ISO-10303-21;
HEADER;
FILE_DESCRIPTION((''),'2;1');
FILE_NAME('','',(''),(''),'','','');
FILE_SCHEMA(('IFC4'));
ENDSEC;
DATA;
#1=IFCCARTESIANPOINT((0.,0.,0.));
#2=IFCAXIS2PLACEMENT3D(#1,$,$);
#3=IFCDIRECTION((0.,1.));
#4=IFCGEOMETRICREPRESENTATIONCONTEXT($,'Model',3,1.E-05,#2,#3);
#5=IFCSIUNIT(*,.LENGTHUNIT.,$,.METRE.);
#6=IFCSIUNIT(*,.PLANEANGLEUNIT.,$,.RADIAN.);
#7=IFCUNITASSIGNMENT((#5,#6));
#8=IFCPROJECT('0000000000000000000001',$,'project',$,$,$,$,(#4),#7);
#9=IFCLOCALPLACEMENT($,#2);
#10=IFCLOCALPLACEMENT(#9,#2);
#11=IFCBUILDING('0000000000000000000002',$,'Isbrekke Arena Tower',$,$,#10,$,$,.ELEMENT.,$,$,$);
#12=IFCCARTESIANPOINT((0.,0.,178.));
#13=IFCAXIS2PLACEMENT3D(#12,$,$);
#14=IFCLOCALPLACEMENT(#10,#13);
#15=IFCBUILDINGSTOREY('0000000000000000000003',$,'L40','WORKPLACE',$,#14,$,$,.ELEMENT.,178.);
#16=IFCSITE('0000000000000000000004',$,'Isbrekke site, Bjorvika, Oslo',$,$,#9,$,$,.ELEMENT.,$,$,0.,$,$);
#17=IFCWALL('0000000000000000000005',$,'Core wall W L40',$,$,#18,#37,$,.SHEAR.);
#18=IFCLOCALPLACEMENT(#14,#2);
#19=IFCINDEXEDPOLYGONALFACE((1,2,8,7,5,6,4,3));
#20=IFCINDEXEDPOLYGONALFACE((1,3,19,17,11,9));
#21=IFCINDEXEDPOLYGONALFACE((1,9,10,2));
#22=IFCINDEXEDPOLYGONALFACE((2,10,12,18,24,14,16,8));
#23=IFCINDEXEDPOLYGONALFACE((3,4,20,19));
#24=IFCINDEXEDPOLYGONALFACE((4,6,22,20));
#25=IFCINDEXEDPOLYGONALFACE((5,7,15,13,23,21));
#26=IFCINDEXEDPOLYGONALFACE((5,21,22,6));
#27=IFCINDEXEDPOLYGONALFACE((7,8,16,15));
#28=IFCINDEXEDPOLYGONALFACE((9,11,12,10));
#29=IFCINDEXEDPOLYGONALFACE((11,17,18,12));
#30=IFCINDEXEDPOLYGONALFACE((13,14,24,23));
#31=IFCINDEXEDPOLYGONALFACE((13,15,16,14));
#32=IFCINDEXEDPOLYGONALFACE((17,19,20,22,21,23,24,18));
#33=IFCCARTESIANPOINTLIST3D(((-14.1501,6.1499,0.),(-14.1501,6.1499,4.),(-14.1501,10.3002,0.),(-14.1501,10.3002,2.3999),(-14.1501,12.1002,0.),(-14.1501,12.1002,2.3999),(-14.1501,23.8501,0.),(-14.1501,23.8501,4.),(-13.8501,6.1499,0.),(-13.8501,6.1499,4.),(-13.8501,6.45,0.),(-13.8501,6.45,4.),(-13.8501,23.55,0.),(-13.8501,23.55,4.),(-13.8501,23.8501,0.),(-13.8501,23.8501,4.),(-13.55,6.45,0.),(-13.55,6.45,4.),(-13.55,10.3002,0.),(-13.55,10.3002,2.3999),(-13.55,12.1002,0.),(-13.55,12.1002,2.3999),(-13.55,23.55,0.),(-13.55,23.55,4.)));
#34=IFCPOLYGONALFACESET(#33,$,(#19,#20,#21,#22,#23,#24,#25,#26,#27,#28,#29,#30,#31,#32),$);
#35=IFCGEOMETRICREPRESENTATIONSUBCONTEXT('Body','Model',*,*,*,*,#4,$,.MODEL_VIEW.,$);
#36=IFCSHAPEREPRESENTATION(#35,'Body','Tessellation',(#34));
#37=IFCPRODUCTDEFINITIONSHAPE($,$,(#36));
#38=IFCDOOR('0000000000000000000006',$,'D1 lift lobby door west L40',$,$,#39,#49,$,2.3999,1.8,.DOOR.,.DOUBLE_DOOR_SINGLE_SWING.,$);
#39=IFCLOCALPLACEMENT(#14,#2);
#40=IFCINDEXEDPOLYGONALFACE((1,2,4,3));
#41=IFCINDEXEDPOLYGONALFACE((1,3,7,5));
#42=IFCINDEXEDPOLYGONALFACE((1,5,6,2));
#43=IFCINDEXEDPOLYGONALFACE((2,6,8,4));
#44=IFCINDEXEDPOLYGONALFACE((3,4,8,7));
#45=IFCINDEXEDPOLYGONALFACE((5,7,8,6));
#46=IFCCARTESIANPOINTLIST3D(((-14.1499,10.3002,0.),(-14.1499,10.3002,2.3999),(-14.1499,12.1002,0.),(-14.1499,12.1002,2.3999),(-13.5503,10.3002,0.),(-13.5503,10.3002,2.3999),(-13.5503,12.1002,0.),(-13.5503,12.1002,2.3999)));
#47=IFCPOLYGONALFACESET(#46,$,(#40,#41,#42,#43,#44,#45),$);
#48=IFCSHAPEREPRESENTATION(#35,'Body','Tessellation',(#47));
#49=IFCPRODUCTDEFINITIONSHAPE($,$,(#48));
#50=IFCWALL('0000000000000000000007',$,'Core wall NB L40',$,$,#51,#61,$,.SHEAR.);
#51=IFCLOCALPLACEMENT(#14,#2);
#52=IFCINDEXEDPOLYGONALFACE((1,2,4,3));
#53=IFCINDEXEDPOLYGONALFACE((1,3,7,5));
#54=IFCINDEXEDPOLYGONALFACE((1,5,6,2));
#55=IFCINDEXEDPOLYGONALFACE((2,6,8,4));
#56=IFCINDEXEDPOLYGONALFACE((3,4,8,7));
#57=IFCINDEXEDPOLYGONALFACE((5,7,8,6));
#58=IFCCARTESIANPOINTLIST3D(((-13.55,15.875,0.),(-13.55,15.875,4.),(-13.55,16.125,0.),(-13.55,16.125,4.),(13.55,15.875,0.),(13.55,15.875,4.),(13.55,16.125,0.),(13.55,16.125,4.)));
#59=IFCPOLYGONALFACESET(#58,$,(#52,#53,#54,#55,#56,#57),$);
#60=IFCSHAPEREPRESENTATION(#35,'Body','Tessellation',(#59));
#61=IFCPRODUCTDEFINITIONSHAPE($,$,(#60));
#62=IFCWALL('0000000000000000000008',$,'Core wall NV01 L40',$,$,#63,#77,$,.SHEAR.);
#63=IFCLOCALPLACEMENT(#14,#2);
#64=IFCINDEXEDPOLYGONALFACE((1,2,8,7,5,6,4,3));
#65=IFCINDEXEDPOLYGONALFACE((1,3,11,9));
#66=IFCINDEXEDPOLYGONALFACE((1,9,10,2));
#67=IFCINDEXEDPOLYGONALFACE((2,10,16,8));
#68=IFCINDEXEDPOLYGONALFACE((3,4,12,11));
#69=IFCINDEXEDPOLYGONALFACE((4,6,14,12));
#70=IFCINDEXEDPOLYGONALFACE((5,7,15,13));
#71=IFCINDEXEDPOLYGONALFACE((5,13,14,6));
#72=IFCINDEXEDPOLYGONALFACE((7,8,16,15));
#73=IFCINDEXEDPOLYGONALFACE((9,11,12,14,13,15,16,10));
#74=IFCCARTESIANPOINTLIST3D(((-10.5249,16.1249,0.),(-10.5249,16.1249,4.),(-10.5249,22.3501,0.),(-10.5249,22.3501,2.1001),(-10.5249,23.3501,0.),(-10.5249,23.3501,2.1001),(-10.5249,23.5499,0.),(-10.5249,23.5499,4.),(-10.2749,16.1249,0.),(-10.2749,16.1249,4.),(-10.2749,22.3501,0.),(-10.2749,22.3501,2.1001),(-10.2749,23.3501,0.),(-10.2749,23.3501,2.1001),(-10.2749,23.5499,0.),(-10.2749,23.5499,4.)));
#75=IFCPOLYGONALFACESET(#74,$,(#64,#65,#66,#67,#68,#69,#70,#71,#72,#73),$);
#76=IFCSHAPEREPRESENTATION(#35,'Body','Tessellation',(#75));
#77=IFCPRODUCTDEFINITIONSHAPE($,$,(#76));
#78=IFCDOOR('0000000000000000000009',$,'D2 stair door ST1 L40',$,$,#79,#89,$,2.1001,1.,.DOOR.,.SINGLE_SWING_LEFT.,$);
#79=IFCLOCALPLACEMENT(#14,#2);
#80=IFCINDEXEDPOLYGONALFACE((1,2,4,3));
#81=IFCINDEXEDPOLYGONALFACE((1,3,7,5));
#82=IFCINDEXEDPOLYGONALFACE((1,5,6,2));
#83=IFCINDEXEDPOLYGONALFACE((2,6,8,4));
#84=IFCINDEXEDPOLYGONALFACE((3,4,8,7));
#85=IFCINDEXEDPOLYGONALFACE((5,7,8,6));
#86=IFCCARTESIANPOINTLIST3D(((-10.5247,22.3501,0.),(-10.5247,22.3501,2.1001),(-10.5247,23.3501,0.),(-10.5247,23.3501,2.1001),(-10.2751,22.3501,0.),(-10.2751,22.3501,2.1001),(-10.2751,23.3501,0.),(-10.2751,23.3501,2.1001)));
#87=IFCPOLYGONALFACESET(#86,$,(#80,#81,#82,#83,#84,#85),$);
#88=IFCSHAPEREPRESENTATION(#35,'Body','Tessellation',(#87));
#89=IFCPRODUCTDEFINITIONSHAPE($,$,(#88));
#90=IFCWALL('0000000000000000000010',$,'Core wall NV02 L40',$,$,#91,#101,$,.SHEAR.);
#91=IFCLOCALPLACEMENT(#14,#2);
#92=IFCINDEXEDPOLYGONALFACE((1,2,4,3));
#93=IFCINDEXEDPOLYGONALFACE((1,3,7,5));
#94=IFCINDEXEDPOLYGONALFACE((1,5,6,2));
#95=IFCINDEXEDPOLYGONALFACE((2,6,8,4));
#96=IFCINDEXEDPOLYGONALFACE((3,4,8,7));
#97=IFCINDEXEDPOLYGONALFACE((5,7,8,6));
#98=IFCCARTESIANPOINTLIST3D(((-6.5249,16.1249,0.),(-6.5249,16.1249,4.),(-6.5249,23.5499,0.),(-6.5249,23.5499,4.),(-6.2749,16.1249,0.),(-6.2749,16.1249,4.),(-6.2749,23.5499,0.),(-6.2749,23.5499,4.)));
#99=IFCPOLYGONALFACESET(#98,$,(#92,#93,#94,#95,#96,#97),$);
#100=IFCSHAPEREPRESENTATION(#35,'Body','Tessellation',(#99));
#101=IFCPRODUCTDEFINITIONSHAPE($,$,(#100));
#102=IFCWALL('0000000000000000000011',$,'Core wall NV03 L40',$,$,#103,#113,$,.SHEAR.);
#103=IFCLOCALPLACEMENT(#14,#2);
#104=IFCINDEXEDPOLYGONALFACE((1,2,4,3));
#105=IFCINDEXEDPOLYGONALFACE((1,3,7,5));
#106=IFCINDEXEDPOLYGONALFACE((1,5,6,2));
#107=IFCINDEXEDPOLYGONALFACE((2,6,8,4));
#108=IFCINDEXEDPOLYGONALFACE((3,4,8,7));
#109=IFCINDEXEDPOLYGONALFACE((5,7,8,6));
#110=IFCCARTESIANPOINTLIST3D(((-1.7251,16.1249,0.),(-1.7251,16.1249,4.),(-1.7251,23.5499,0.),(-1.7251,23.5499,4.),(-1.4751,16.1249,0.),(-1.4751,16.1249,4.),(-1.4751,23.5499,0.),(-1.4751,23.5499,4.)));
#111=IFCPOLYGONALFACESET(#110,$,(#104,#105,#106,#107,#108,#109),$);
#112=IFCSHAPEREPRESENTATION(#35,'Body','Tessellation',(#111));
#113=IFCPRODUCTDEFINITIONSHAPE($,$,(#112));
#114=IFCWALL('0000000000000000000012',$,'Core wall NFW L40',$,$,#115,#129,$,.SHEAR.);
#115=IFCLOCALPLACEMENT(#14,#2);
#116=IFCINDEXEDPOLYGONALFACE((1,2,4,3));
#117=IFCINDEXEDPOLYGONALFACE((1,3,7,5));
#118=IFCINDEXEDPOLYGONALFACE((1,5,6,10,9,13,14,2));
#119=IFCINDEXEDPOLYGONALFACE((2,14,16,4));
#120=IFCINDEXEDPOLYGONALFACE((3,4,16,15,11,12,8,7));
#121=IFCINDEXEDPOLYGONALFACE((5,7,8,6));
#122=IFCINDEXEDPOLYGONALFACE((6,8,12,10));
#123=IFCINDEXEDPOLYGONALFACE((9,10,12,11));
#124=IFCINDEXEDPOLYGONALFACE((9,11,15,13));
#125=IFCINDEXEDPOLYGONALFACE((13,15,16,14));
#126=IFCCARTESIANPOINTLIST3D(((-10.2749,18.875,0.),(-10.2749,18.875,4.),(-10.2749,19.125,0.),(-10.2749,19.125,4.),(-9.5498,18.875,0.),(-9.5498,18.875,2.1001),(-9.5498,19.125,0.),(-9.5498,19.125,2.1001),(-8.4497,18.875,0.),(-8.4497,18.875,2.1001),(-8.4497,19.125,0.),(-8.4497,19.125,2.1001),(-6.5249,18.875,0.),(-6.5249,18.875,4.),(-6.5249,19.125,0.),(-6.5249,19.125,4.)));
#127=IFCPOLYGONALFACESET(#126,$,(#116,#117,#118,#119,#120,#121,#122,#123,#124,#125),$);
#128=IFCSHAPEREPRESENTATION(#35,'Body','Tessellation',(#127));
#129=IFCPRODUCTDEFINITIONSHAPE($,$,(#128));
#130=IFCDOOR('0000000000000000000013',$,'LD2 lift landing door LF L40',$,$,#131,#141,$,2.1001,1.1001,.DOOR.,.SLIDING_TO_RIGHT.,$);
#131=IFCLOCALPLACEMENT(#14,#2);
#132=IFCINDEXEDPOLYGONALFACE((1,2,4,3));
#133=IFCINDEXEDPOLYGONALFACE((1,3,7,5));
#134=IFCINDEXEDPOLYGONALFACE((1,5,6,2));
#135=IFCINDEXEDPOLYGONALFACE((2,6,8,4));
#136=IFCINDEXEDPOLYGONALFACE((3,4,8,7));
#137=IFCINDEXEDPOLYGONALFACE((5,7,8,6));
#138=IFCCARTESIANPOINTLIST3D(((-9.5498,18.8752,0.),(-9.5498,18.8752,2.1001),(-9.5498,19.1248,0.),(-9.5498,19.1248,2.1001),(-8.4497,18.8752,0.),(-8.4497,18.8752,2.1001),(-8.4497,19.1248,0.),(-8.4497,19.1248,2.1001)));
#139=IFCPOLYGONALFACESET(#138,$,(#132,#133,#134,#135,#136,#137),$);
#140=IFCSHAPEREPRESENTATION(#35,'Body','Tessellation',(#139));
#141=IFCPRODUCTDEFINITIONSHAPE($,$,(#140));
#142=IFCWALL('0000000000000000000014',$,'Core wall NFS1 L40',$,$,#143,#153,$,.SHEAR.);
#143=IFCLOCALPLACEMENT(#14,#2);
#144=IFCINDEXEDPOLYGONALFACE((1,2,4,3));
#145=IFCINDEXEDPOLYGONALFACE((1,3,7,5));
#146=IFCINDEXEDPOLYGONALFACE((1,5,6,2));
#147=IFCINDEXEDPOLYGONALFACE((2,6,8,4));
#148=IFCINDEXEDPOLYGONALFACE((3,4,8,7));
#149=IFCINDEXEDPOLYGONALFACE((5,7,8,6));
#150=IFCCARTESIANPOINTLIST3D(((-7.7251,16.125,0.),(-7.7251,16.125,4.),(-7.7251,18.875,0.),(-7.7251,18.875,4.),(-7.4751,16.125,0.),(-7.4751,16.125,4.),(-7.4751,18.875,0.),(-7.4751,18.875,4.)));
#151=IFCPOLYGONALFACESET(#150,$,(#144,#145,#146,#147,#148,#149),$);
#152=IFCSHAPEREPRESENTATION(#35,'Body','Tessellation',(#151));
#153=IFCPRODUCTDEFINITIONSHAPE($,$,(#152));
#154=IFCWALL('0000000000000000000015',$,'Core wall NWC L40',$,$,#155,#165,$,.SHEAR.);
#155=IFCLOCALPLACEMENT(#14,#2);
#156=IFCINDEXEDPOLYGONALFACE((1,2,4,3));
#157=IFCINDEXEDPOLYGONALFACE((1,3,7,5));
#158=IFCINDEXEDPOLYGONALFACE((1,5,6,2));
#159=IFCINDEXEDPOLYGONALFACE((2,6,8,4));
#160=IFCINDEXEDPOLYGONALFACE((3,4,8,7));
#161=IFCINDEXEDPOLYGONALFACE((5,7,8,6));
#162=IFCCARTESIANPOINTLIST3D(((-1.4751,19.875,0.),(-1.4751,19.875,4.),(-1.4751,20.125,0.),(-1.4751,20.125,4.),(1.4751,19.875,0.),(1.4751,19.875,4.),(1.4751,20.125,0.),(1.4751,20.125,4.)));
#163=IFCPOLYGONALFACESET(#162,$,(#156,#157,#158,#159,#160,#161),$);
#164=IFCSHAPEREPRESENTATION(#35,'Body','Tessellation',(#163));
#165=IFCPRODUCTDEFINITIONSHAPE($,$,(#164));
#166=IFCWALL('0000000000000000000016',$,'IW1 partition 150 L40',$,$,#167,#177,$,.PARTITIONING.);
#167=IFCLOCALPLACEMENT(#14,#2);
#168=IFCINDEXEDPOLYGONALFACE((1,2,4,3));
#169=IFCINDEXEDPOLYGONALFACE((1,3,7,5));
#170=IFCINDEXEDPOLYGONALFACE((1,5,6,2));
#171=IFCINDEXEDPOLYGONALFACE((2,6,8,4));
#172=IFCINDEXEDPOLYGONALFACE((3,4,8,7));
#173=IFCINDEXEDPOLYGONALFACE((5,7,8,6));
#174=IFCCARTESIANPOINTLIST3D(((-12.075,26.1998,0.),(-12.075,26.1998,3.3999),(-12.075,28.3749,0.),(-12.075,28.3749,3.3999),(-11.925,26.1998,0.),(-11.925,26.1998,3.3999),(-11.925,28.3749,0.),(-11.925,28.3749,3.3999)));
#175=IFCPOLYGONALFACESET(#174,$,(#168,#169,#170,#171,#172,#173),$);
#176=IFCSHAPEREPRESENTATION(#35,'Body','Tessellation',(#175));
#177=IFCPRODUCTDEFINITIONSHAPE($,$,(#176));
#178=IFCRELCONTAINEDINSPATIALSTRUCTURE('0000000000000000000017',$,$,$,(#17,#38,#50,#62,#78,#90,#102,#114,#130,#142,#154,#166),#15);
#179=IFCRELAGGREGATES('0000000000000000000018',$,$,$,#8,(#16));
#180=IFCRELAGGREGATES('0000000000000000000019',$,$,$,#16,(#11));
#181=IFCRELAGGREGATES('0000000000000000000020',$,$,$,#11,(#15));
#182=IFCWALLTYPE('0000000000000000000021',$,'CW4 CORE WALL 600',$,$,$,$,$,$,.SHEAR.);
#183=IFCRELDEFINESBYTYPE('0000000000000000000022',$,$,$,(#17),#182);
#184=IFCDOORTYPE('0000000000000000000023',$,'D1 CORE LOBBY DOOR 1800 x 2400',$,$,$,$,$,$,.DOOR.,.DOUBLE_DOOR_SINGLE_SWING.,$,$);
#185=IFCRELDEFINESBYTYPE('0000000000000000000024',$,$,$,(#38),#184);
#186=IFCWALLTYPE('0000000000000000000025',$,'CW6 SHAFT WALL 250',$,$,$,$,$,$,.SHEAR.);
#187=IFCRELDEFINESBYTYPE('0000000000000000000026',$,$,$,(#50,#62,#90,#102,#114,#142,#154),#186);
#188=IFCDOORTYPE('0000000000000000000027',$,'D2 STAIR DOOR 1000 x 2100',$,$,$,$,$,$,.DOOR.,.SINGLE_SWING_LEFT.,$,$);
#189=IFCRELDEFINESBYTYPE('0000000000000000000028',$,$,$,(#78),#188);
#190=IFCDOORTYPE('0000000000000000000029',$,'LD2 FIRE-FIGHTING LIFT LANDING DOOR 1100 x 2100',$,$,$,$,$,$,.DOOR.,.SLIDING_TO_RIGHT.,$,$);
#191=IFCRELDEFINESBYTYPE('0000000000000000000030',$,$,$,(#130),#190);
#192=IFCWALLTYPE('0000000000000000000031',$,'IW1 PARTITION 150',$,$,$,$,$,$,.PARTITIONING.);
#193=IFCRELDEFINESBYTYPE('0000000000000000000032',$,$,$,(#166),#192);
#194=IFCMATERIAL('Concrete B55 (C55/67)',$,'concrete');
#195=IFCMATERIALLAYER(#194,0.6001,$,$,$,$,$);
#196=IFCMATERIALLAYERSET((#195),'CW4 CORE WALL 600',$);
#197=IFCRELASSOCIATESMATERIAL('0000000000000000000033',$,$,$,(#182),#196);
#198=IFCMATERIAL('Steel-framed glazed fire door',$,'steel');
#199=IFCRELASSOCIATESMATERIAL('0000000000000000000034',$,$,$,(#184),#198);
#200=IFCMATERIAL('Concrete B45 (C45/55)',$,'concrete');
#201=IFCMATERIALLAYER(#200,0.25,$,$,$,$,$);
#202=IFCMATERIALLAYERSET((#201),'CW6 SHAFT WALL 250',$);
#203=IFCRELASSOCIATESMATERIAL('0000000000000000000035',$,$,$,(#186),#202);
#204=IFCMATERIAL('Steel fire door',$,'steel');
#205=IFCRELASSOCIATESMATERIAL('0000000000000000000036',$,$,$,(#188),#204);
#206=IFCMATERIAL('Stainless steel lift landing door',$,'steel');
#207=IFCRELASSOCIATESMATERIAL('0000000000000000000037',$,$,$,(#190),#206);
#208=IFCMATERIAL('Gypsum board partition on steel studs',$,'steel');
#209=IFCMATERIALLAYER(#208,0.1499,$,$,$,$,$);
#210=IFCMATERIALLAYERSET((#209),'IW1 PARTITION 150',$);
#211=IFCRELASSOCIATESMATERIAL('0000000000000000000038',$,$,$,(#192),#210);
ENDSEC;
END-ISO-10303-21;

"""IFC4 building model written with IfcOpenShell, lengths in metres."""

from ifc_helpers import new_model, si_unit, direction, frame, frame_2d, origin, place, context, subcontext, project, spatial, polyline, rectangle, outline, extrude, material, layer, layer_set, type_object, element, fill, save


model = new_model("IFC4")

# Units and contexts
model_context = context("Model", 3, precision=1e-05, world=origin(), true_north=direction((0.0, 1.0)))
body_context = subcontext(model_context, "Body", "Model", "MODEL_VIEW")
ifc_project = project(units=[si_unit("LENGTHUNIT", "METRE"), si_unit("PLANEANGLEUNIT", "RADIAN")], contexts=[model_context])

# Site, building, storey
site_placement = place(None, origin())
site = spatial("IfcSite", under=ifc_project, at=site_placement, Name="Isbrekke site, Bjorvika, Oslo", CompositionType="ELEMENT", RefElevation=0.0)
building_placement = place(site_placement, origin())
building = spatial("IfcBuilding", under=site, at=building_placement, Name="Isbrekke Arena Tower", CompositionType="ELEMENT")
storey_placement = place(building_placement, frame((0.0, 0.0, 178.0)))
storey = spatial("IfcBuildingStorey", under=building, at=storey_placement, Name="L40", Description="WORKPLACE", CompositionType="ELEMENT", Elevation=178.0)

# Wall, opening, door
ifc_material_1 = material(Name="Concrete B55 (C55/67)", Category="concrete")
ifc_layer_1 = layer(ifc_material_1, 0.6001)
ifc_layer_set_1 = layer_set([ifc_layer_1], Name="CW4 CORE WALL 600")
wall_type_1 = type_object("IfcWallType", Name="CW4 CORE WALL 600", PredefinedType="SHEAR", material=ifc_layer_set_1)
wall_1_placement = place(storey_placement, frame((-13.8501, 23.8501, 0.0), z_axis=(0.0, 0.0, 1.0), x_axis=(0.0, -1.0, 0.0)))
wall_1 = element("IfcWall", 1, at=wall_1_placement, inside=storey, type_object=wall_type_1, Name="Core wall W L40", PredefinedType="SHEAR", context=body_context, shape_type="SweptSolid", body=[
    extrude(outline(polyline([(0.0, -0.3), (17.7002, -0.3), (17.7002, 0.0), (17.4001, 0.0), (17.4001, 0.3), (0.3, 0.3), (0.3, 0.0), (0.0, 0.0), (0.0, -0.3)])), origin(), (0.0, 0.0, 1.0), 4.0),
])
opening_1_placement = place(wall_1_placement, frame((11.75, 0.0, 0.0)))
opening_1 = element("IfcOpeningElement", 2, at=opening_1_placement, cuts=wall_1, PredefinedType="OPENING", context=body_context, shape_type="SweptSolid", body=[
    extrude(rectangle(XDim=1.8, YDim=2.3999, at=frame_2d((0.8999, 1.2))), frame((0.0, 0.3149, 0.0), z_axis=(0.0, -1.0, 0.0), x_axis=(1.0, 0.0, 0.0)), (0.0, 0.0, 1.0), 0.6299),
])
ifc_material_2 = material(Name="Steel-framed glazed fire door", Category="steel")
door_type_1 = type_object("IfcDoorType", Name="D1 CORE LOBBY DOOR 1800 x 2400", OperationType="DOUBLE_DOOR_SINGLE_SWING", PredefinedType="DOOR", material=ifc_material_2)
door_1_placement = place(opening_1_placement, origin())
door_1 = element("IfcDoor", 3, at=door_1_placement, inside=storey, type_object=door_type_1, Name="D1 lift lobby door west L40", OperationType="DOUBLE_DOOR_SINGLE_SWING", OverallHeight=2.3999, OverallWidth=1.8, PredefinedType="DOOR", context=body_context, shape_type="SweptSolid", body=[
    extrude(rectangle(XDim=1.8, YDim=2.3999, at=frame_2d((0.8999, 1.2))), frame((0.0, 0.2998, 0.0), z_axis=(0.0, -1.0, 0.0), x_axis=(1.0, 0.0, 0.0)), (0.0, 0.0, 1.0), 0.5996),
])
fill(opening_1, door_1)

# Wall
ifc_material_3 = material(Name="Concrete B45 (C45/55)", Category="concrete")
ifc_layer_2 = layer(ifc_material_3, 0.25)
ifc_layer_set_2 = layer_set([ifc_layer_2], Name="CW6 SHAFT WALL 250")
wall_type_2 = type_object("IfcWallType", Name="CW6 SHAFT WALL 250", PredefinedType="SHEAR", material=ifc_layer_set_2)
wall_2_placement = place(storey_placement, frame((-13.55, 16.0, 0.0), z_axis=(0.0, 0.0, 1.0), x_axis=(1.0, 0.0, 0.0)))
element("IfcWall", 4, at=wall_2_placement, inside=storey, type_object=wall_type_2, Name="Core wall NB L40", PredefinedType="SHEAR", context=body_context, shape_type="SweptSolid", body=[
    extrude(rectangle(XDim=27.1001, YDim=0.25, at=frame_2d((13.55, 0.0))), origin(), (0.0, 0.0, 1.0), 4.0),
])

# Wall, opening, door
wall_3_placement = place(storey_placement, frame((-10.3999, 16.125, 0.0), z_axis=(0.0, 0.0, 1.0), x_axis=(0.0, 1.0, 0.0)))
wall_3 = element("IfcWall", 5, at=wall_3_placement, inside=storey, type_object=wall_type_2, Name="Core wall NV01 L40", PredefinedType="SHEAR", context=body_context, shape_type="SweptSolid", body=[
    extrude(rectangle(XDim=7.425, YDim=0.25, at=frame_2d((3.7124, 0.0))), origin(), (0.0, 0.0, 1.0), 4.0),
])
opening_2_placement = place(wall_3_placement, frame((6.2251, 0.0, 0.0)))
opening_2 = element("IfcOpeningElement", 6, at=opening_2_placement, cuts=wall_3, PredefinedType="OPENING", context=body_context, shape_type="SweptSolid", body=[
    extrude(rectangle(XDim=1.0, YDim=2.1001, at=frame_2d((0.5, 1.05))), frame((0.0, 0.1399, 0.0), z_axis=(0.0, -1.0, 0.0), x_axis=(1.0, 0.0, 0.0)), (0.0, 0.0, 1.0), 0.2798),
])
ifc_material_4 = material(Name="Steel fire door", Category="steel")
door_type_2 = type_object("IfcDoorType", Name="D2 STAIR DOOR 1000 x 2100", OperationType="SINGLE_SWING_LEFT", PredefinedType="DOOR", material=ifc_material_4)
door_2_placement = place(opening_2_placement, origin())
door_2 = element("IfcDoor", 7, at=door_2_placement, inside=storey, type_object=door_type_2, Name="D2 stair door ST1 L40", OperationType="SINGLE_SWING_LEFT", OverallHeight=2.1001, OverallWidth=1.0, PredefinedType="DOOR", context=body_context, shape_type="SweptSolid", body=[
    extrude(rectangle(XDim=1.0, YDim=2.1001, at=frame_2d((0.5, 1.05))), frame((0.0, 0.1248, 0.0), z_axis=(0.0, -1.0, 0.0), x_axis=(1.0, 0.0, 0.0)), (0.0, 0.0, 1.0), 0.2495),
])
fill(opening_2, door_2)

# Walls
for number, where, z_axis, x_axis, name in (
    (8, (-6.3999, 16.125, 0.0), (0.0, 0.0, 1.0), (0.0, 1.0, 0.0), "Core wall NV02 L40"),
    (9, (-1.6001, 16.125, 0.0), (0.0, 0.0, 1.0), (0.0, 1.0, 0.0), "Core wall NV03 L40"),
):
    element("IfcWall", number, at=place(storey_placement, frame(where, z_axis=z_axis, x_axis=x_axis)), inside=storey, type_object=wall_type_2, Name=name, PredefinedType="SHEAR", context=body_context, shape_type="SweptSolid", body=[
        extrude(rectangle(XDim=7.425, YDim=0.25, at=frame_2d((3.7124, 0.0))), origin(), (0.0, 0.0, 1.0), 4.0),
    ])

# Wall, opening, door
wall_4_placement = place(storey_placement, frame((-10.2749, 19.0, 0.0), z_axis=(0.0, 0.0, 1.0), x_axis=(1.0, 0.0, 0.0)))
wall_4 = element("IfcWall", 10, at=wall_4_placement, inside=storey, type_object=wall_type_2, Name="Core wall NFW L40", PredefinedType="SHEAR", context=body_context, shape_type="SweptSolid", body=[
    extrude(rectangle(XDim=3.75, YDim=0.25, at=frame_2d((1.875, 0.0))), origin(), (0.0, 0.0, 1.0), 4.0),
])
opening_3_placement = place(wall_4_placement, frame((0.7251, 0.0, 0.0)))
opening_3 = element("IfcOpeningElement", 11, at=opening_3_placement, cuts=wall_4, PredefinedType="OPENING", context=body_context, shape_type="SweptSolid", body=[
    extrude(rectangle(XDim=1.1001, YDim=2.1001, at=frame_2d((0.55, 1.05))), frame((0.0, 0.1399, 0.0), z_axis=(0.0, -1.0, 0.0), x_axis=(1.0, 0.0, 0.0)), (0.0, 0.0, 1.0), 0.2798),
])
ifc_material_5 = material(Name="Stainless steel lift landing door", Category="steel")
door_type_3 = type_object("IfcDoorType", Name="LD2 FIRE-FIGHTING LIFT LANDING DOOR 1100 x 2100", OperationType="SLIDING_TO_RIGHT", PredefinedType="DOOR", material=ifc_material_5)
door_3_placement = place(opening_3_placement, origin())
door_3 = element("IfcDoor", 12, at=door_3_placement, inside=storey, type_object=door_type_3, Name="LD2 lift landing door LF L40", OperationType="SLIDING_TO_RIGHT", OverallHeight=2.1001, OverallWidth=1.1001, PredefinedType="DOOR", context=body_context, shape_type="SweptSolid", body=[
    extrude(rectangle(XDim=1.1001, YDim=2.1001, at=frame_2d((0.55, 1.05))), frame((0.0, 0.1248, 0.0), z_axis=(0.0, -1.0, 0.0), x_axis=(1.0, 0.0, 0.0)), (0.0, 0.0, 1.0), 0.2495),
])
fill(opening_3, door_3)

# Walls
wall_5_placement = place(storey_placement, frame((-7.6001, 16.125, 0.0), z_axis=(0.0, 0.0, 1.0), x_axis=(0.0, 1.0, 0.0)))
element("IfcWall", 13, at=wall_5_placement, inside=storey, type_object=wall_type_2, Name="Core wall NFS1 L40", PredefinedType="SHEAR", context=body_context, shape_type="SweptSolid", body=[
    extrude(rectangle(XDim=2.75, YDim=0.25, at=frame_2d((1.375, 0.0))), origin(), (0.0, 0.0, 1.0), 4.0),
])
wall_6_placement = place(storey_placement, frame((-1.4751, 20.0, 0.0), z_axis=(0.0, 0.0, 1.0), x_axis=(1.0, 0.0, 0.0)))
element("IfcWall", 14, at=wall_6_placement, inside=storey, type_object=wall_type_2, Name="Core wall NWC L40", PredefinedType="SHEAR", context=body_context, shape_type="SweptSolid", body=[
    extrude(rectangle(XDim=2.9502, YDim=0.25, at=frame_2d((1.4751, 0.0))), origin(), (0.0, 0.0, 1.0), 4.0),
])
ifc_material_6 = material(Name="Gypsum board partition on steel studs", Category="steel")
ifc_layer_3 = layer(ifc_material_6, 0.1499)
ifc_layer_set_3 = layer_set([ifc_layer_3], Name="IW1 PARTITION 150")
wall_type_3 = type_object("IfcWallType", Name="IW1 PARTITION 150", PredefinedType="PARTITIONING", material=ifc_layer_set_3)
wall_7_placement = place(storey_placement, frame((-12.0, 26.2, 0.0), z_axis=(0.0, 0.0, 1.0), x_axis=(0.0, 1.0, 0.0)))
element("IfcWall", 15, at=wall_7_placement, inside=storey, type_object=wall_type_3, Name="IW1 partition 150 L40", PredefinedType="PARTITIONING", context=body_context, shape_type="SweptSolid", body=[
    extrude(rectangle(XDim=2.175, YDim=0.1499, at=frame_2d((1.0874, 0.0))), origin(), (0.0, 0.0, 1.0), 3.3999),
])

save(model, "model.ifc")
